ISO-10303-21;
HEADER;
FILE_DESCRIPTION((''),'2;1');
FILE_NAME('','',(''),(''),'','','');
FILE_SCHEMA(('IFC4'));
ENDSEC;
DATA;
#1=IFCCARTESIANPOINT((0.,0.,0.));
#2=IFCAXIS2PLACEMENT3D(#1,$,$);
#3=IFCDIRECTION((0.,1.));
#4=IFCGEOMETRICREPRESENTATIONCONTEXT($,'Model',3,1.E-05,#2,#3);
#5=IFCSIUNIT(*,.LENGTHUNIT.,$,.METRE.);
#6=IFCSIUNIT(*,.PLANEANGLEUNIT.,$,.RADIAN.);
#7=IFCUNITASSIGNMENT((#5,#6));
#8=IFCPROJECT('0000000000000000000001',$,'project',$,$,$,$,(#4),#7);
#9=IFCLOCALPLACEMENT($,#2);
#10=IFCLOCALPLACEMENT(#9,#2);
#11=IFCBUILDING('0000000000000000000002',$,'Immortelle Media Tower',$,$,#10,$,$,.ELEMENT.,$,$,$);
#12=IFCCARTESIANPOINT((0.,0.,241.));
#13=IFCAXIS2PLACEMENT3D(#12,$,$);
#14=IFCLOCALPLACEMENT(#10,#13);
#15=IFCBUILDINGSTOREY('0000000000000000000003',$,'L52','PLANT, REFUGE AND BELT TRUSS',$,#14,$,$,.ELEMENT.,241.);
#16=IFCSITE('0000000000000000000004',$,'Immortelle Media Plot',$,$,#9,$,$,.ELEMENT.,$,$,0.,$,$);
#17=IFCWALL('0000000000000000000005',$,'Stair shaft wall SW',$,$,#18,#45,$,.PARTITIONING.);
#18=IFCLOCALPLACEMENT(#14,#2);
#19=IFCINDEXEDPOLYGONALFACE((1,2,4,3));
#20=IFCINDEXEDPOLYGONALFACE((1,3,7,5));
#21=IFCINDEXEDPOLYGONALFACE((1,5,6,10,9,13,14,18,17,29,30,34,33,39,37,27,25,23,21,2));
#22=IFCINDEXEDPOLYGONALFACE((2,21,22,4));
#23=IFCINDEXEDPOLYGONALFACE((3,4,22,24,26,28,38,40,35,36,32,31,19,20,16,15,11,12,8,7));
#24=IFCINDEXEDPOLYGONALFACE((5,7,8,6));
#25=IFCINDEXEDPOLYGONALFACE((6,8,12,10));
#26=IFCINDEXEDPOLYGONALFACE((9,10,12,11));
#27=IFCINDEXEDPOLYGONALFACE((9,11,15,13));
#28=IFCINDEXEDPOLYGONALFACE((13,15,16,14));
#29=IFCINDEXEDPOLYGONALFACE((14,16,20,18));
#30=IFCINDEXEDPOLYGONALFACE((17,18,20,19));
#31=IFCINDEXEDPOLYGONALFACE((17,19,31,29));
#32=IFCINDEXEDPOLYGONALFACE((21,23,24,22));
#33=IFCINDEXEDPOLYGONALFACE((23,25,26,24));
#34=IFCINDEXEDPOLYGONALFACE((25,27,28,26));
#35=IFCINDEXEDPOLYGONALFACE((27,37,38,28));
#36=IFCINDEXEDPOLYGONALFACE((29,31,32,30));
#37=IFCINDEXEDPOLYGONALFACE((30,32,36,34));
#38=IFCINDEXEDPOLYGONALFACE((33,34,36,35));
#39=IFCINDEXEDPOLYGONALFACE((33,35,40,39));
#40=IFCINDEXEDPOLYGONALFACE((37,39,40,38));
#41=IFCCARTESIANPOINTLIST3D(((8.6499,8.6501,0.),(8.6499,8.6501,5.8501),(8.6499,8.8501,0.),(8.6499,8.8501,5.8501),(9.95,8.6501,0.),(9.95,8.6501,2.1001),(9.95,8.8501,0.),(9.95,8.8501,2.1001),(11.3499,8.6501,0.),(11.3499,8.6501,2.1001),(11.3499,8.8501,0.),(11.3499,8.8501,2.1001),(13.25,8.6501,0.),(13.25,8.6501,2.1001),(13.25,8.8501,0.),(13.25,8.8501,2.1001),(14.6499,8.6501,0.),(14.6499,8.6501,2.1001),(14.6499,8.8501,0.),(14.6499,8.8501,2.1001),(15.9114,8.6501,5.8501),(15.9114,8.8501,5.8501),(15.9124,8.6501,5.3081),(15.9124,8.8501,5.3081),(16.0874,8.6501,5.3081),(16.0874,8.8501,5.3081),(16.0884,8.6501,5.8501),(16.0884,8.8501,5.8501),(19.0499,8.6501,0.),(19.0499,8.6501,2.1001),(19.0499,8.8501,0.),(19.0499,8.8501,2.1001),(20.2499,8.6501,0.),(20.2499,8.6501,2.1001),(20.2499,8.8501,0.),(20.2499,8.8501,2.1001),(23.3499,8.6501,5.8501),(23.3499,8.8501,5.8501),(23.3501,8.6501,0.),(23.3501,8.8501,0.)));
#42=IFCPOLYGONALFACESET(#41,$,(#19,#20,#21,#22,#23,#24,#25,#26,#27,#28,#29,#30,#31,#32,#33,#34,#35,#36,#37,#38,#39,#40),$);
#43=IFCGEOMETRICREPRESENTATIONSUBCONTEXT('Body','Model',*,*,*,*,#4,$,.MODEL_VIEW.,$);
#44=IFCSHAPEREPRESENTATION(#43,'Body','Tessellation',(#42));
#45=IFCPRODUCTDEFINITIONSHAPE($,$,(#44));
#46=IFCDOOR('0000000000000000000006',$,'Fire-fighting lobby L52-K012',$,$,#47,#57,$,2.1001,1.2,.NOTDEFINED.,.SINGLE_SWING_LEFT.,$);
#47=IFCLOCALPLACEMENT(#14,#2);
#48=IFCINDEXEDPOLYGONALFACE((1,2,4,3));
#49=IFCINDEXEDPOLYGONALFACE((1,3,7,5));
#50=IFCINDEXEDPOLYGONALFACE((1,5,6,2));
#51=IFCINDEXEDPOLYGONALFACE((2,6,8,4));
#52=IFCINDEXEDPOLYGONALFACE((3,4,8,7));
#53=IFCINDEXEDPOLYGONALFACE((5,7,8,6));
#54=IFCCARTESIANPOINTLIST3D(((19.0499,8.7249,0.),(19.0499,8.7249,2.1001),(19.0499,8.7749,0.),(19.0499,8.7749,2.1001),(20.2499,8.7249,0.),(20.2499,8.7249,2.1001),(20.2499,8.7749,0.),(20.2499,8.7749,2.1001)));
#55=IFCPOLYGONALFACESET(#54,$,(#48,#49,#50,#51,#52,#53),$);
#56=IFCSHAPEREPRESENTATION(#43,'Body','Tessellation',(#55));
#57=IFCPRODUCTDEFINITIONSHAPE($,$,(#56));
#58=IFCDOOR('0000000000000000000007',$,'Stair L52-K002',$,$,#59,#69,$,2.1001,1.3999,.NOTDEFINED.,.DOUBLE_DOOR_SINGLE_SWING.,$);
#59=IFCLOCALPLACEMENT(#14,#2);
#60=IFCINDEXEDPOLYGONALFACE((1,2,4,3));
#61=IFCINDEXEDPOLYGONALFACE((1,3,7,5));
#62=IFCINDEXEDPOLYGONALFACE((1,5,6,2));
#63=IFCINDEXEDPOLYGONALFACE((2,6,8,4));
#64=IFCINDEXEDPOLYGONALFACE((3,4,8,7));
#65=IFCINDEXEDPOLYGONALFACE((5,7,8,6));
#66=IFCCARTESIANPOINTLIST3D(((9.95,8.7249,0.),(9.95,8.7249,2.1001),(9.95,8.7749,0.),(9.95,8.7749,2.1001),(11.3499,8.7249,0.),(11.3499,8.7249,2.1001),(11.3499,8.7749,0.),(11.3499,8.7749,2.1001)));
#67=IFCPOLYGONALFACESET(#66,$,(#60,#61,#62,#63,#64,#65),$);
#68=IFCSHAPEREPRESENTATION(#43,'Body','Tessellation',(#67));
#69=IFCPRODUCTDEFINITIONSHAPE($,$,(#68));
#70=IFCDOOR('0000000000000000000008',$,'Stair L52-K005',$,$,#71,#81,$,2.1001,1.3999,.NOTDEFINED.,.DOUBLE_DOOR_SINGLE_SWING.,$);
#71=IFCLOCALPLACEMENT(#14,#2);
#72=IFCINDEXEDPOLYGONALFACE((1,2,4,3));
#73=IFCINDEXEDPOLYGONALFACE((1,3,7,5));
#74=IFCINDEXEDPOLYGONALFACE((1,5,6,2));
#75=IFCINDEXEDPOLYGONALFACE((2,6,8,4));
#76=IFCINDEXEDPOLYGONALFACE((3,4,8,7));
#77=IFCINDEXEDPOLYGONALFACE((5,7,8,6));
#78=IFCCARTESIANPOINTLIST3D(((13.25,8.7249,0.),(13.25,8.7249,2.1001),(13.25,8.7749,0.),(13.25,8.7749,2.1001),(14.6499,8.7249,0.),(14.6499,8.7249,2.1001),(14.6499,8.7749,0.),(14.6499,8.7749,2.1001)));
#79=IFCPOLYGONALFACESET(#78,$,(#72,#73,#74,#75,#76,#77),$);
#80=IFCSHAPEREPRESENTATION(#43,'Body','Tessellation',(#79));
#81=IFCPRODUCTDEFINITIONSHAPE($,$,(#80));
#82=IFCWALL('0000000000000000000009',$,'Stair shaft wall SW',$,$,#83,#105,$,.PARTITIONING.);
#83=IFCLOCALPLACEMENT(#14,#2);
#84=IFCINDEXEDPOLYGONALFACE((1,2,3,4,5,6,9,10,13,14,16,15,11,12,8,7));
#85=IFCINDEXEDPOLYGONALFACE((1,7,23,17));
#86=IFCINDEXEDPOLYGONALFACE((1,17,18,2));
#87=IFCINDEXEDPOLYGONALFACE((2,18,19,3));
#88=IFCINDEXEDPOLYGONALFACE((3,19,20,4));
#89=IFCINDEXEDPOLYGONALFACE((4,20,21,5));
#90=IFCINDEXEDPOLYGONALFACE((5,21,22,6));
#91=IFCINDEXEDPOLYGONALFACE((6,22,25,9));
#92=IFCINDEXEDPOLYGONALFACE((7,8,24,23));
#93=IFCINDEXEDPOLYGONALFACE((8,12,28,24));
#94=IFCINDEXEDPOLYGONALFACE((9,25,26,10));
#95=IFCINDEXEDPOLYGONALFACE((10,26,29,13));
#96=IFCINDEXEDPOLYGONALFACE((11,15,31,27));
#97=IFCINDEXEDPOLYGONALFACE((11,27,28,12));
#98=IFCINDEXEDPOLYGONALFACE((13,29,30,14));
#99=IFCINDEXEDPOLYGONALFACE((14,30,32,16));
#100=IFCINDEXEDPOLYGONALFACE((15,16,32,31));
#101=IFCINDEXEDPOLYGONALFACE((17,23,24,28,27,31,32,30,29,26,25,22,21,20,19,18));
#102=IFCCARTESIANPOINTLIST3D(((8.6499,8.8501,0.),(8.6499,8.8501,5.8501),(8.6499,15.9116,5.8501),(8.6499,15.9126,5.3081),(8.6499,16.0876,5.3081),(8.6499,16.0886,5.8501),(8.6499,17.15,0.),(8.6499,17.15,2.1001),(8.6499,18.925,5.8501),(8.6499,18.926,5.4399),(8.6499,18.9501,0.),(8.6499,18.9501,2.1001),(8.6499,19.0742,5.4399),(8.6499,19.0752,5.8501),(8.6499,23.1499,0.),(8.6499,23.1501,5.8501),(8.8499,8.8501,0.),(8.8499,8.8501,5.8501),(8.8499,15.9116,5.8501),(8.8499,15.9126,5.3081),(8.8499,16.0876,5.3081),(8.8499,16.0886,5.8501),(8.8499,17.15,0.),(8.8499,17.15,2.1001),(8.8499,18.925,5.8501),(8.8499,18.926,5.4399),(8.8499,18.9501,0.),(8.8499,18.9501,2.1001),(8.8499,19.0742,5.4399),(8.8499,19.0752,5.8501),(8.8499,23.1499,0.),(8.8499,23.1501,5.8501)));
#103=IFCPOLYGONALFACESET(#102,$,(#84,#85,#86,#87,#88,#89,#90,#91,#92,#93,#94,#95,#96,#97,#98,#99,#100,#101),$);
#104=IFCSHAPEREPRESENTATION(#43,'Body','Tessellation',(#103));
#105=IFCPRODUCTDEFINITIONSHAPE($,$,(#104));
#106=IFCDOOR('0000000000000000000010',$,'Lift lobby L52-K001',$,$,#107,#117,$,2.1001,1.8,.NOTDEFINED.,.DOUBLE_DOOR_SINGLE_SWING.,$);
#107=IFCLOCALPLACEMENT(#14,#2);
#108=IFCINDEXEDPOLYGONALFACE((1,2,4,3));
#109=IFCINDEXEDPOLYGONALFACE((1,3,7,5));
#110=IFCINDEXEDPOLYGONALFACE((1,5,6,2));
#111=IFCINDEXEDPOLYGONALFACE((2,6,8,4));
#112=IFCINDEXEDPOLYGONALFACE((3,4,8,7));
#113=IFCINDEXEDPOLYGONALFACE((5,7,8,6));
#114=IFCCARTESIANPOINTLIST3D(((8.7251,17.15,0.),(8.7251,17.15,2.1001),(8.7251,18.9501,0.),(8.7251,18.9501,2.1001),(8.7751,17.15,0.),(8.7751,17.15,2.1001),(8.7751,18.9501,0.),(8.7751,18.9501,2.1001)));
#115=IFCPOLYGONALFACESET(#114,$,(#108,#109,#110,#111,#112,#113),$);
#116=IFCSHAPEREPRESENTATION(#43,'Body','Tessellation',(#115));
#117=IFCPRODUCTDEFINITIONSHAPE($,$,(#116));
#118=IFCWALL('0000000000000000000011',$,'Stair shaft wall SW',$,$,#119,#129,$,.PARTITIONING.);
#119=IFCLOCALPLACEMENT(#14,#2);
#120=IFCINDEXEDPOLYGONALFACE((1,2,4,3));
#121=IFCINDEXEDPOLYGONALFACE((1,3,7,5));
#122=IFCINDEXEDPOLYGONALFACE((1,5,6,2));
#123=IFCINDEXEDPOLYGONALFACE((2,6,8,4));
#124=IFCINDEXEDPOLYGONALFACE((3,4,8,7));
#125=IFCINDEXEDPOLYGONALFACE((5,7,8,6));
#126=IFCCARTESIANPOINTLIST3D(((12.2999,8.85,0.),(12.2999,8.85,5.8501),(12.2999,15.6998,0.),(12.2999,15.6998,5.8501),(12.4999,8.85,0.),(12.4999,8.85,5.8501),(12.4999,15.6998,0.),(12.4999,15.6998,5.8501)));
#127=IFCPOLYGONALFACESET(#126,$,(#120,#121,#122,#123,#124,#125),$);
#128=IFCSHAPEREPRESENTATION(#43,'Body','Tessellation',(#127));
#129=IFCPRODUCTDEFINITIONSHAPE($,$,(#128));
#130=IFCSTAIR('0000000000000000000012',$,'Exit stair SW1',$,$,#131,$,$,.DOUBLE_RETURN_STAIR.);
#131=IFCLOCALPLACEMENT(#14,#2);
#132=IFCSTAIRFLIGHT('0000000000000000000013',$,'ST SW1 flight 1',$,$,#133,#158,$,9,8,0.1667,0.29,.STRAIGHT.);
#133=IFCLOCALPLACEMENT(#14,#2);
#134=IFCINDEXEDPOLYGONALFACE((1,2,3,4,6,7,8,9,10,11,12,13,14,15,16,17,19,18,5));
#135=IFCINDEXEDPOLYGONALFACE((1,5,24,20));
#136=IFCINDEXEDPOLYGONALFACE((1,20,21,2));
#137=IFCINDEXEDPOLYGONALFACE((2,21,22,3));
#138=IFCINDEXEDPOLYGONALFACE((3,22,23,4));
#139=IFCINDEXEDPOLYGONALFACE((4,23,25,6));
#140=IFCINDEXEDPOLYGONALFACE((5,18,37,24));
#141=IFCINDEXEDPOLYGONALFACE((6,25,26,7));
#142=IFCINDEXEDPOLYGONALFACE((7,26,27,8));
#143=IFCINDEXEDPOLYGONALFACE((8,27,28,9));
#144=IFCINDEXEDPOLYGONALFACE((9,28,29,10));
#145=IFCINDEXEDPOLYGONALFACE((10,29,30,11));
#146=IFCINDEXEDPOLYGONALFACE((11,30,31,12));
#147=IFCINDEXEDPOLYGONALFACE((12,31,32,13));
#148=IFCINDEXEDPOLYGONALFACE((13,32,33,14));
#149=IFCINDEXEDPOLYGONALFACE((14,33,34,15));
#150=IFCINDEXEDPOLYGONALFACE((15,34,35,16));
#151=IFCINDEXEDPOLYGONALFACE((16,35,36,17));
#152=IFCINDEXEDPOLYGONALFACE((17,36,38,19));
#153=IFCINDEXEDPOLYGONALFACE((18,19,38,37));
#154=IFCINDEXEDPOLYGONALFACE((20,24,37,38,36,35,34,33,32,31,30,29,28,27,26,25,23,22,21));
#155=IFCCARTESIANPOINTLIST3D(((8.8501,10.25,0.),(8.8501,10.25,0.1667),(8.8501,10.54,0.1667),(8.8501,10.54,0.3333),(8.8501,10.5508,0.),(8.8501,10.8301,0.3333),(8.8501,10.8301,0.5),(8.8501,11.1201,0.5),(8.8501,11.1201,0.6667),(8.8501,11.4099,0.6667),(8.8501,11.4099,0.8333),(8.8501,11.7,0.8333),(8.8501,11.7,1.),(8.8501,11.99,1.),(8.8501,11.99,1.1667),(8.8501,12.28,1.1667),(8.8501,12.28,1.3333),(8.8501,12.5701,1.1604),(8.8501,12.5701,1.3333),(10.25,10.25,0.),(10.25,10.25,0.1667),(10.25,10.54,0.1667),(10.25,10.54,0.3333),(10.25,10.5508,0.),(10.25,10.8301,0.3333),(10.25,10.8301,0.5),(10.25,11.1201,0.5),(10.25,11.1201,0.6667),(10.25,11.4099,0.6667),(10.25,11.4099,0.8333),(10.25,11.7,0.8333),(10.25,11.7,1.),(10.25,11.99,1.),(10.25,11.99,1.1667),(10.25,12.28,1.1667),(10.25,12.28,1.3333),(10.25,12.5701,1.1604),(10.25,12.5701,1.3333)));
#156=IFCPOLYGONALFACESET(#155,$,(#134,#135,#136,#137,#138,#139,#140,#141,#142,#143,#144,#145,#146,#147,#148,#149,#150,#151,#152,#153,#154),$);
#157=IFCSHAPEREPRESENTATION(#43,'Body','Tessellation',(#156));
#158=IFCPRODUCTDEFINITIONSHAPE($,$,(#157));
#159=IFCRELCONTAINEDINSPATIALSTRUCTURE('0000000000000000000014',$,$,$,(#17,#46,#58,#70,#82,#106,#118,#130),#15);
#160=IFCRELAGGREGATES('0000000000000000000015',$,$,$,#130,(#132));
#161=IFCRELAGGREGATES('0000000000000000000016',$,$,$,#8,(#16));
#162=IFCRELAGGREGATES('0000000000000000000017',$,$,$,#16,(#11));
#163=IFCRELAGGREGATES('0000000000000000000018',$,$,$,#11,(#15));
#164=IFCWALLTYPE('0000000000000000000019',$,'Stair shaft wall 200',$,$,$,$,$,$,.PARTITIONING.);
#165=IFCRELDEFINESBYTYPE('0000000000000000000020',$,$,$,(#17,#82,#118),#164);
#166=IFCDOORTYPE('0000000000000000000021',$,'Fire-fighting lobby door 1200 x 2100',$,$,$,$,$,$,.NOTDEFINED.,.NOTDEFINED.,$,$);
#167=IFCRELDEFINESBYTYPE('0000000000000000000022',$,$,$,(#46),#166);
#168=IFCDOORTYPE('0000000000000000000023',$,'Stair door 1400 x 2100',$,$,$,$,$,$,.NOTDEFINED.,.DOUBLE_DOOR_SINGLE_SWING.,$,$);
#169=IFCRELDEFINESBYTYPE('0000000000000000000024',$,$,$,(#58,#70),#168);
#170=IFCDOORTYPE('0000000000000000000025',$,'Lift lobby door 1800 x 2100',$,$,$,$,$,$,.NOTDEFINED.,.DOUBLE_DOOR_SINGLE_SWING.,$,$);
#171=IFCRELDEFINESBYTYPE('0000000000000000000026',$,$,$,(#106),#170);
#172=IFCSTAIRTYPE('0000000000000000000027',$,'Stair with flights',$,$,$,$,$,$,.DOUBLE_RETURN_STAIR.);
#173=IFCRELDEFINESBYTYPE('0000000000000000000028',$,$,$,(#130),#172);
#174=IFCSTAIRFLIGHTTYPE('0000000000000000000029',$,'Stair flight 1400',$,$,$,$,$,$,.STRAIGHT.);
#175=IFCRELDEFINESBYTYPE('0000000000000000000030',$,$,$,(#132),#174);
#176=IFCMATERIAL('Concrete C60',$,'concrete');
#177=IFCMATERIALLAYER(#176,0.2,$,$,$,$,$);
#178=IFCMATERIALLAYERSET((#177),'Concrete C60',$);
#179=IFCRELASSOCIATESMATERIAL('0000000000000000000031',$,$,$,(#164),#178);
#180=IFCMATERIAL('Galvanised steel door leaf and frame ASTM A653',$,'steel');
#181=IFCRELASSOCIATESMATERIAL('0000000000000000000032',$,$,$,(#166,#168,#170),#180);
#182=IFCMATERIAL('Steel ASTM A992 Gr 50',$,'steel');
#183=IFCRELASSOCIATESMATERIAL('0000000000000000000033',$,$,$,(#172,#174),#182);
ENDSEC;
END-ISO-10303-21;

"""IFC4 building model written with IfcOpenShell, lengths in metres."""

from ifc_helpers import new_model, si_unit, direction, frame, frame_2d, origin, place, context, subcontext, project, spatial, polyline, rectangle, outline, extrude, material, layer, layer_set, type_object, element, fill, aggregate, save


model = new_model("IFC4")

# Units and contexts
model_context = context("Model", 3, precision=1e-05, world=origin(), true_north=direction((0.0, 1.0)))
body_context = subcontext(model_context, "Body", "Model", "MODEL_VIEW")
ifc_project = project(units=[si_unit("LENGTHUNIT", "METRE"), si_unit("PLANEANGLEUNIT", "RADIAN")], contexts=[model_context])

# Site, building, storey
site_placement = place(None, origin())
site = spatial("IfcSite", under=ifc_project, at=site_placement, Name="Immortelle Media Plot", CompositionType="ELEMENT", RefElevation=0.0)
building_placement = place(site_placement, origin())
building = spatial("IfcBuilding", under=site, at=building_placement, Name="Immortelle Media Tower", CompositionType="ELEMENT")
storey_placement = place(building_placement, frame((0.0, 0.0, 241.0)))
storey = spatial("IfcBuildingStorey", under=building, at=storey_placement, Name="L52", Description="PLANT, REFUGE AND BELT TRUSS", CompositionType="ELEMENT", Elevation=241.0)

# Shared definitions
ifc_material_1 = material(Name="Steel ASTM A992 Gr 50", Category="steel")

# Wall, openings, doors
ifc_material_2 = material(Name="Concrete C60", Category="concrete")
ifc_layer_1 = layer(ifc_material_2, 0.2)
ifc_layer_set_1 = layer_set([ifc_layer_1], Name="Concrete C60")
wall_type = type_object("IfcWallType", Name="Stair shaft wall 200", PredefinedType="PARTITIONING", material=ifc_layer_set_1)
wall_1_placement = place(storey_placement, frame((8.6499, 8.75, 0.0), z_axis=(0.0, 0.0, 1.0), x_axis=(1.0, 0.0, 0.0)))
wall_1 = element("IfcWall", 1, at=wall_1_placement, inside=storey, type_object=wall_type, Name="Stair shaft wall SW", PredefinedType="PARTITIONING", context=body_context, shape_type="SweptSolid", body=[
    extrude(outline(polyline([(0.0, 0.0), (14.7002, 0.0), (14.7, 5.8501), (7.4385, 5.8501), (7.4375, 5.3081), (7.2625, 5.3081), (7.2615, 5.8501), (0.0, 5.8501), (0.0, 0.0)])), frame((0.0, 0.1001, 0.0), z_axis=(0.0, -1.0, 0.0), x_axis=(1.0, 0.0, 0.0)), (0.0, 0.0, 1.0), 0.2),
])
opening_1_placement = place(wall_1_placement, frame((1.3, 0.0, 0.0)))
opening_1 = element("IfcOpeningElement", 2, at=opening_1_placement, cuts=wall_1, PredefinedType="OPENING", context=body_context, shape_type="SweptSolid", body=[
    extrude(rectangle(XDim=1.3999, YDim=2.1001, at=frame_2d((0.7, 1.05))), frame((0.0, 0.1099, 0.0), z_axis=(0.0, -1.0, 0.0), x_axis=(1.0, 0.0, 0.0)), (0.0, 0.0, 1.0), 0.22),
])
opening_2_placement = place(wall_1_placement, frame((4.6001, 0.0, 0.0)))
opening_2 = element("IfcOpeningElement", 3, at=opening_2_placement, cuts=wall_1, PredefinedType="OPENING", context=body_context, shape_type="SweptSolid", body=[
    extrude(rectangle(XDim=1.3999, YDim=2.1001, at=frame_2d((0.7, 1.05))), frame((0.0, 0.1099, 0.0), z_axis=(0.0, -1.0, 0.0), x_axis=(1.0, 0.0, 0.0)), (0.0, 0.0, 1.0), 0.22),
])
opening_3_placement = place(wall_1_placement, frame((10.3999, 0.0, 0.0)))
opening_3 = element("IfcOpeningElement", 4, at=opening_3_placement, cuts=wall_1, PredefinedType="OPENING", context=body_context, shape_type="SweptSolid", body=[
    extrude(rectangle(XDim=1.2, YDim=2.1001, at=frame_2d((0.6001, 1.05))), frame((0.0, 0.1099, 0.0), z_axis=(0.0, -1.0, 0.0), x_axis=(1.0, 0.0, 0.0)), (0.0, 0.0, 1.0), 0.22),
])
ifc_material_3 = material(Name="Galvanised steel door leaf and frame ASTM A653", Category="steel")
door_type_1 = type_object("IfcDoorType", Name="Fire-fighting lobby door 1200 x 2100", OperationType="NOTDEFINED", PredefinedType="NOTDEFINED", material=ifc_material_3)
door_1_placement = place(opening_3_placement, origin())
door_1 = element("IfcDoor", 5, at=door_1_placement, inside=storey, type_object=door_type_1, Name="Fire-fighting lobby L52-K012", OperationType="SINGLE_SWING_LEFT", OverallHeight=2.1001, OverallWidth=1.2, PredefinedType="NOTDEFINED", context=body_context, shape_type="SweptSolid", body=[
    extrude(rectangle(XDim=1.2, YDim=2.1001, at=frame_2d((0.6001, 1.05))), frame((0.0, 0.0249, 0.0), z_axis=(0.0, -1.0, 0.0), x_axis=(1.0, 0.0, 0.0)), (0.0, 0.0, 1.0), 0.05),
])
fill(opening_3, door_1)
door_type_2 = type_object("IfcDoorType", Name="Stair door 1400 x 2100", OperationType="DOUBLE_DOOR_SINGLE_SWING", PredefinedType="NOTDEFINED", material=ifc_material_3)
door_2_placement = place(opening_1_placement, origin())
door_2 = element("IfcDoor", 6, at=door_2_placement, inside=storey, type_object=door_type_2, Name="Stair L52-K002", OperationType="DOUBLE_DOOR_SINGLE_SWING", OverallHeight=2.1001, OverallWidth=1.3999, PredefinedType="NOTDEFINED", context=body_context, shape_type="SweptSolid", body=[
    extrude(rectangle(XDim=1.3999, YDim=2.1001, at=frame_2d((0.7, 1.05))), frame((0.0, 0.0249, 0.0), z_axis=(0.0, -1.0, 0.0), x_axis=(1.0, 0.0, 0.0)), (0.0, 0.0, 1.0), 0.05),
])
fill(opening_1, door_2)
door_3_placement = place(opening_2_placement, origin())
door_3 = element("IfcDoor", 7, at=door_3_placement, inside=storey, type_object=door_type_2, Name="Stair L52-K005", OperationType="DOUBLE_DOOR_SINGLE_SWING", OverallHeight=2.1001, OverallWidth=1.3999, PredefinedType="NOTDEFINED", context=body_context, shape_type="SweptSolid", body=[
    extrude(rectangle(XDim=1.3999, YDim=2.1001, at=frame_2d((0.7, 1.05))), frame((0.0, 0.0249, 0.0), z_axis=(0.0, -1.0, 0.0), x_axis=(1.0, 0.0, 0.0)), (0.0, 0.0, 1.0), 0.05),
])
fill(opening_2, door_3)

# Wall, opening, door
wall_2_placement = place(storey_placement, frame((8.75, 8.8501, 0.0), z_axis=(0.0, 0.0, 1.0), x_axis=(0.0, 1.0, 0.0)))
wall_2 = element("IfcWall", 8, at=wall_2_placement, inside=storey, type_object=wall_type, Name="Stair shaft wall SW", PredefinedType="PARTITIONING", context=body_context, shape_type="SweptSolid", body=[
    extrude(outline(polyline([(0.0, 0.0), (14.2998, 0.0), (14.3, 5.8501), (10.2251, 5.8501), (10.2241, 5.4399), (10.0759, 5.4399), (10.075, 5.8501), (7.2385, 5.8501), (7.2375, 5.3081), (7.0625, 5.3081), (7.0615, 5.8501), (0.0, 5.8501), (0.0, 0.0)])), frame((0.0, 0.1001, 0.0), z_axis=(0.0, -1.0, 0.0), x_axis=(1.0, 0.0, 0.0)), (0.0, 0.0, 1.0), 0.2),
])
opening_4_placement = place(wall_2_placement, frame((8.3, 0.0, 0.0)))
opening_4 = element("IfcOpeningElement", 9, at=opening_4_placement, cuts=wall_2, PredefinedType="OPENING", context=body_context, shape_type="SweptSolid", body=[
    extrude(rectangle(XDim=1.8, YDim=2.1001, at=frame_2d((0.8999, 1.05))), frame((0.0, 0.1099, 0.0), z_axis=(0.0, -1.0, 0.0), x_axis=(1.0, 0.0, 0.0)), (0.0, 0.0, 1.0), 0.22),
])
door_type_3 = type_object("IfcDoorType", Name="Lift lobby door 1800 x 2100", OperationType="DOUBLE_DOOR_SINGLE_SWING", PredefinedType="NOTDEFINED", material=ifc_material_3)
door_4_placement = place(opening_4_placement, origin())
door_4 = element("IfcDoor", 10, at=door_4_placement, inside=storey, type_object=door_type_3, Name="Lift lobby L52-K001", OperationType="DOUBLE_DOOR_SINGLE_SWING", OverallHeight=2.1001, OverallWidth=1.8, PredefinedType="NOTDEFINED", context=body_context, shape_type="SweptSolid", body=[
    extrude(rectangle(XDim=1.8, YDim=2.1001, at=frame_2d((0.8999, 1.05))), frame((0.0, 0.0249, 0.0), z_axis=(0.0, -1.0, 0.0), x_axis=(1.0, 0.0, 0.0)), (0.0, 0.0, 1.0), 0.05),
])
fill(opening_4, door_4)

# Wall
wall_3_placement = place(storey_placement, frame((12.3999, 8.8501, 0.0), z_axis=(0.0, 0.0, 1.0), x_axis=(0.0, 1.0, 0.0)))
element("IfcWall", 11, at=wall_3_placement, inside=storey, type_object=wall_type, Name="Stair shaft wall SW", PredefinedType="PARTITIONING", context=body_context, shape_type="SweptSolid", body=[
    extrude(rectangle(XDim=6.8499, YDim=0.2, at=frame_2d((3.4248, 0.0))), origin(), (0.0, 0.0, 1.0), 5.8501),
])

# Stair, stair flight
stair_type = type_object("IfcStairType", Name="Stair with flights", PredefinedType="DOUBLE_RETURN_STAIR", material=ifc_material_1)
stair_placement = place(storey_placement, origin())
stair = element("IfcStair", 12, at=stair_placement, inside=storey, type_object=stair_type, Name="Exit stair SW1", PredefinedType="DOUBLE_RETURN_STAIR")
stair_flight_type = type_object("IfcStairFlightType", Name="Stair flight 1400", PredefinedType="STRAIGHT", material=ifc_material_1)
stair_flight_1_placement = place(storey_placement, frame((9.55, 10.25, 0.0), z_axis=(0.0, 0.0, 1.0), x_axis=(0.0, 1.0, 0.0)))
stair_flight_1 = element("IfcStairFlight", 13, at=stair_flight_1_placement, type_object=stair_flight_type, Name="ST SW1 flight 1", NumberOfRisers=9, NumberOfTreads=8, PredefinedType="STRAIGHT", RiserHeight=0.1667, TreadLength=0.29, context=body_context, shape_type="SweptSolid", body=[
    extrude(outline(polyline([(0.0, 0.0), (0.0, 0.1667), (0.29, 0.1667), (0.29, 0.3333), (0.5801, 0.3333), (0.5801, 0.5), (0.8701, 0.5), (0.8701, 0.6667), (1.1599, 0.6667), (1.1599, 0.8333), (1.45, 0.8333), (1.45, 1.0), (1.74, 1.0), (1.74, 1.1667), (2.03, 1.1667), (2.03, 1.3333), (2.3201, 1.3333), (2.3201, 1.5), (2.3201, 1.1604), (0.3008, 0.0), (0.0, 0.0)])), frame((0.0, 0.7, 0.0), z_axis=(0.0, -1.0, 0.0), x_axis=(1.0, 0.0, 0.0)), (0.0, 0.0, 1.0), 1.3999),
])
aggregate(stair, [stair_flight_1])

save(model, "model.ifc")
